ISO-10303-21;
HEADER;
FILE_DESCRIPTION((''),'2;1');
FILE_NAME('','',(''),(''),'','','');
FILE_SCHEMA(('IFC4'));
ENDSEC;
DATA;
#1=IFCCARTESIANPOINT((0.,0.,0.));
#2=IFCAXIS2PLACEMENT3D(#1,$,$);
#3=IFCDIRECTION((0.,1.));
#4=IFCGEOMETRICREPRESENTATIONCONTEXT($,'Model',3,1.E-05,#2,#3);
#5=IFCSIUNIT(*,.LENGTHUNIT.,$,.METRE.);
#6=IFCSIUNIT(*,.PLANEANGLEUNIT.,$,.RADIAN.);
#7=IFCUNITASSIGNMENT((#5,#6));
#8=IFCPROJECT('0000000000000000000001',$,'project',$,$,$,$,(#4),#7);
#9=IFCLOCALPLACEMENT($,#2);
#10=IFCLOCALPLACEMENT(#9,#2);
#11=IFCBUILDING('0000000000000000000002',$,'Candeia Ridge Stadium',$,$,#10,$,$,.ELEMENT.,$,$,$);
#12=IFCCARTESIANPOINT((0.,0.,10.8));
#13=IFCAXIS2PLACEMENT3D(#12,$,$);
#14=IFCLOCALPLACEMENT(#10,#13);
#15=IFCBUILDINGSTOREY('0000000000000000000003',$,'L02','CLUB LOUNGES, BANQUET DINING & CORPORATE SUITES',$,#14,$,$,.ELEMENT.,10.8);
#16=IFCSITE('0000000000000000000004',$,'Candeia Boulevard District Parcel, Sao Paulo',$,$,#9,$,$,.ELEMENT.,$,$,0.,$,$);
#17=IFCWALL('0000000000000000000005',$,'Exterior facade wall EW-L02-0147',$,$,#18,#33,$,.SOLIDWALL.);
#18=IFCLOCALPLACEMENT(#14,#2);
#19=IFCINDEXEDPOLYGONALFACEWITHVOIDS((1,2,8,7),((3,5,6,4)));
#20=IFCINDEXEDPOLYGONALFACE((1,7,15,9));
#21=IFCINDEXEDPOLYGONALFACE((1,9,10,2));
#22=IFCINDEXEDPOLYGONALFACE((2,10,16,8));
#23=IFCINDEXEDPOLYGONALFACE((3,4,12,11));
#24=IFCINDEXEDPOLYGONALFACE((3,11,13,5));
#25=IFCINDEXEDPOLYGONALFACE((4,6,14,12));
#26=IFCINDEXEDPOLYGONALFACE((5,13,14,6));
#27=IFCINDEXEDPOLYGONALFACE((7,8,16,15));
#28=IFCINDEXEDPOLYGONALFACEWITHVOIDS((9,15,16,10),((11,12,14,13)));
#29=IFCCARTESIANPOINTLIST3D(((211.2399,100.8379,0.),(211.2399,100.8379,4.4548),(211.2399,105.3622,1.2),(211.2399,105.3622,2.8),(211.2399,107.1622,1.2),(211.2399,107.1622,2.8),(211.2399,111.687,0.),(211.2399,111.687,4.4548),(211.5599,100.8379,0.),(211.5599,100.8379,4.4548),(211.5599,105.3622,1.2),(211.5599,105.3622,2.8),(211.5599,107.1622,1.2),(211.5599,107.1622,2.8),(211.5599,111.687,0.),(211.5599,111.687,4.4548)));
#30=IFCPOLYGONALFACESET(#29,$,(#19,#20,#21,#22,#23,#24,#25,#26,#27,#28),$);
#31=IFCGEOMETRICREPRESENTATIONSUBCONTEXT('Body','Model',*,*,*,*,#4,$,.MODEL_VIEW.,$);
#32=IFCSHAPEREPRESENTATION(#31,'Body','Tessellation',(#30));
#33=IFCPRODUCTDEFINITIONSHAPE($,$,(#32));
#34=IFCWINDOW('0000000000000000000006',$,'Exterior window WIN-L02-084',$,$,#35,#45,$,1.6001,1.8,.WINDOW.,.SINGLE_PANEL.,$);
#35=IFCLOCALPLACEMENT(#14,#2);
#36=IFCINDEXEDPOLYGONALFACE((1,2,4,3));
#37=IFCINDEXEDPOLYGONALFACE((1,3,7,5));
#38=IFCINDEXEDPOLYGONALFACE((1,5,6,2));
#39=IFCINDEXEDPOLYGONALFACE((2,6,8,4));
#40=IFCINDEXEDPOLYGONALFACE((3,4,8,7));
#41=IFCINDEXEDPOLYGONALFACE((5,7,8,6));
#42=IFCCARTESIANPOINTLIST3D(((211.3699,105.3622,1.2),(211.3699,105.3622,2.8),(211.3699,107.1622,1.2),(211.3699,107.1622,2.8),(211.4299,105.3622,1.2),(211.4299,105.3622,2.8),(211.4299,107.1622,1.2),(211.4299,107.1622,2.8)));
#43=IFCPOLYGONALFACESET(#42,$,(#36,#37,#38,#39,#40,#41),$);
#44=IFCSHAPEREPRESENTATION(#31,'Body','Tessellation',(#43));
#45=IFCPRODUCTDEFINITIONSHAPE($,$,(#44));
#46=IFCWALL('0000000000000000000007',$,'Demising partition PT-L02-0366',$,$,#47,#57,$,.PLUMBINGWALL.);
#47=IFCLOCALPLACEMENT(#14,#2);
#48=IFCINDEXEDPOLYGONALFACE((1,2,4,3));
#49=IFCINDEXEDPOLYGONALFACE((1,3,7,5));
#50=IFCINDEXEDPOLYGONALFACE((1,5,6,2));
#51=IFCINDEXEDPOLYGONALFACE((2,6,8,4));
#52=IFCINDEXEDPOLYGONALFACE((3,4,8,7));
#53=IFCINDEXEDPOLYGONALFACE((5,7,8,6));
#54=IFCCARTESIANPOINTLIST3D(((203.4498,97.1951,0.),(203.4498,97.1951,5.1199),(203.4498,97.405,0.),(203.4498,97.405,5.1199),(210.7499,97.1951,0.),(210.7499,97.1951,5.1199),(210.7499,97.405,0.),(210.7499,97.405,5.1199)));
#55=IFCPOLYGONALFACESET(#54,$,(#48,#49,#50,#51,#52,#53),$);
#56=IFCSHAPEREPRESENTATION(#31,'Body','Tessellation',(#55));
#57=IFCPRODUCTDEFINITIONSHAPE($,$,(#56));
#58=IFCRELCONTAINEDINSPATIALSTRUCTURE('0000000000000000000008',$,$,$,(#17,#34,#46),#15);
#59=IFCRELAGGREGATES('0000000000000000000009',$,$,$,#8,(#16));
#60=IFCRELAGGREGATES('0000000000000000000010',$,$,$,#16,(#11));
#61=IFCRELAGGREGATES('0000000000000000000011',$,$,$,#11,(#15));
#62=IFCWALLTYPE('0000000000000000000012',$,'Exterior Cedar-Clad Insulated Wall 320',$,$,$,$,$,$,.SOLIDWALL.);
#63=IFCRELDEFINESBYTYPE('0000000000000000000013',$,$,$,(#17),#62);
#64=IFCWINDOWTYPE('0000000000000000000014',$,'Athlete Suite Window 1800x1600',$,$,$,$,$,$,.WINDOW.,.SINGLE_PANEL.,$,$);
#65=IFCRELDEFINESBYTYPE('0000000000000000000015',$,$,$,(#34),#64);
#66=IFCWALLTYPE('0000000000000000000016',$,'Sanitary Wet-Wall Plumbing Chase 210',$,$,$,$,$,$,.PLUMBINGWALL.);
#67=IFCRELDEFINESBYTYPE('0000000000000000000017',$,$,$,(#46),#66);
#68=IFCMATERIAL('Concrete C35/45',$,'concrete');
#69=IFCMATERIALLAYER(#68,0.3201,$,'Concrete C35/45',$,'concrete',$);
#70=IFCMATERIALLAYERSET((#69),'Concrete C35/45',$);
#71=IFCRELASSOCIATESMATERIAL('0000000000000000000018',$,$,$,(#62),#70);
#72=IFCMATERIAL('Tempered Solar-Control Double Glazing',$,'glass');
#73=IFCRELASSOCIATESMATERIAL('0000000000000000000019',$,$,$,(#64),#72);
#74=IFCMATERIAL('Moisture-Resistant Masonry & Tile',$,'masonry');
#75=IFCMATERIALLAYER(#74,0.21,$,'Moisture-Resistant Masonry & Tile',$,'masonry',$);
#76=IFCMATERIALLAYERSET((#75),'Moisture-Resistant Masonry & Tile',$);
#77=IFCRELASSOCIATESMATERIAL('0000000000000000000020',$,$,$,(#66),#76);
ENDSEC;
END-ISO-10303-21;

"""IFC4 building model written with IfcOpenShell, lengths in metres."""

from ifc_helpers import new_model, si_unit, direction, frame, frame_2d, origin, place, context, subcontext, project, spatial, rectangle, extrude, material, layer, layer_set, type_object, element, fill, save


model = new_model("IFC4")

# Units and contexts
model_context = context("Model", 3, precision=1e-05, world=origin(), true_north=direction((0.0, 1.0)))
body_context = subcontext(model_context, "Body", "Model", "MODEL_VIEW")
ifc_project = project(units=[si_unit("LENGTHUNIT", "METRE"), si_unit("PLANEANGLEUNIT", "RADIAN")], contexts=[model_context])

# Site, building, storey
site_placement = place(None, origin())
site = spatial("IfcSite", under=ifc_project, at=site_placement, Name="Candeia Boulevard District Parcel, Sao Paulo", CompositionType="ELEMENT", RefElevation=0.0)
building_placement = place(site_placement, origin())
building = spatial("IfcBuilding", under=site, at=building_placement, Name="Candeia Ridge Stadium", CompositionType="ELEMENT")
storey_placement = place(building_placement, frame((0.0, 0.0, 10.8)))
storey = spatial("IfcBuildingStorey", under=building, at=storey_placement, Name="L02", Description="CLUB LOUNGES, BANQUET DINING & CORPORATE SUITES", CompositionType="ELEMENT", Elevation=10.8)

# Shared definitions
ifc_material_1 = material(Name="Moisture-Resistant Masonry & Tile", Category="masonry")

# Wall, opening, window
ifc_material_2 = material(Name="Concrete C35/45", Category="concrete")
ifc_layer_1 = layer(ifc_material_2, 0.3201, Name="Concrete C35/45", Category="concrete")
ifc_layer_set_1 = layer_set([ifc_layer_1], Name="Concrete C35/45")
wall_type_1 = type_object("IfcWallType", Name="Exterior Cedar-Clad Insulated Wall 320", PredefinedType="SOLIDWALL", material=ifc_layer_set_1)
wall_1_placement = place(storey_placement, frame((211.3999, 100.8379, 0.0), z_axis=(0.0, 0.0, 1.0), x_axis=(0.0, 1.0, 0.0)))
wall_1 = element("IfcWall", 1, at=wall_1_placement, inside=storey, type_object=wall_type_1, Name="Exterior facade wall EW-L02-0147", PredefinedType="SOLIDWALL", context=body_context, shape_type="SweptSolid", body=[
    extrude(rectangle(XDim=10.8491, YDim=0.3201, at=frame_2d((5.4246, 0.0))), origin(), (0.0, 0.0, 1.0), 4.4548),
])
opening_1_placement = place(wall_1_placement, frame((4.5244, 0.0, 1.2)))
opening_1 = element("IfcOpeningElement", 2, at=opening_1_placement, cuts=wall_1, PredefinedType="OPENING", context=body_context, shape_type="SweptSolid", body=[
    extrude(rectangle(XDim=1.8, YDim=1.6001, at=frame_2d((0.8999, 0.8))), frame((0.0, 0.1699, 0.0), z_axis=(0.0, -1.0, 0.0), x_axis=(1.0, 0.0, 0.0)), (0.0, 0.0, 1.0), 0.3401),
])
ifc_material_3 = material(Name="Tempered Solar-Control Double Glazing", Category="glass")
window_type = type_object("IfcWindowType", Name="Athlete Suite Window 1800x1600", PartitioningType="SINGLE_PANEL", PredefinedType="WINDOW", material=ifc_material_3)
window_placement = place(opening_1_placement, origin())
window = element("IfcWindow", 3, at=window_placement, inside=storey, type_object=window_type, Name="Exterior window WIN-L02-084", OverallHeight=1.6001, OverallWidth=1.8, PartitioningType="SINGLE_PANEL", PredefinedType="WINDOW", context=body_context, shape_type="SweptSolid", body=[
    extrude(rectangle(XDim=1.8, YDim=1.6001, at=frame_2d((0.8999, 0.8))), frame((0.0, 0.03, 0.0), z_axis=(0.0, -1.0, 0.0), x_axis=(1.0, 0.0, 0.0)), (0.0, 0.0, 1.0), 0.0601),
])
fill(opening_1, window)

# Wall
ifc_layer_2 = layer(ifc_material_1, 0.21, Name="Moisture-Resistant Masonry & Tile", Category="masonry")
ifc_layer_set_2 = layer_set([ifc_layer_2], Name="Moisture-Resistant Masonry & Tile")
wall_type_2 = type_object("IfcWallType", Name="Sanitary Wet-Wall Plumbing Chase 210", PredefinedType="PLUMBINGWALL", material=ifc_layer_set_2)
wall_2_placement = place(storey_placement, frame((203.45, 97.3, 0.0), z_axis=(0.0, 0.0, 1.0), x_axis=(1.0, 0.0, 0.0)))
element("IfcWall", 4, at=wall_2_placement, inside=storey, type_object=wall_type_2, Name="Demising partition PT-L02-0366", PredefinedType="PLUMBINGWALL", context=body_context, shape_type="SweptSolid", body=[
    extrude(rectangle(XDim=7.3, YDim=0.21, at=frame_2d((3.6499, 0.0))), origin(), (0.0, 0.0, 1.0), 5.1199),
])

save(model, "model.ifc")
